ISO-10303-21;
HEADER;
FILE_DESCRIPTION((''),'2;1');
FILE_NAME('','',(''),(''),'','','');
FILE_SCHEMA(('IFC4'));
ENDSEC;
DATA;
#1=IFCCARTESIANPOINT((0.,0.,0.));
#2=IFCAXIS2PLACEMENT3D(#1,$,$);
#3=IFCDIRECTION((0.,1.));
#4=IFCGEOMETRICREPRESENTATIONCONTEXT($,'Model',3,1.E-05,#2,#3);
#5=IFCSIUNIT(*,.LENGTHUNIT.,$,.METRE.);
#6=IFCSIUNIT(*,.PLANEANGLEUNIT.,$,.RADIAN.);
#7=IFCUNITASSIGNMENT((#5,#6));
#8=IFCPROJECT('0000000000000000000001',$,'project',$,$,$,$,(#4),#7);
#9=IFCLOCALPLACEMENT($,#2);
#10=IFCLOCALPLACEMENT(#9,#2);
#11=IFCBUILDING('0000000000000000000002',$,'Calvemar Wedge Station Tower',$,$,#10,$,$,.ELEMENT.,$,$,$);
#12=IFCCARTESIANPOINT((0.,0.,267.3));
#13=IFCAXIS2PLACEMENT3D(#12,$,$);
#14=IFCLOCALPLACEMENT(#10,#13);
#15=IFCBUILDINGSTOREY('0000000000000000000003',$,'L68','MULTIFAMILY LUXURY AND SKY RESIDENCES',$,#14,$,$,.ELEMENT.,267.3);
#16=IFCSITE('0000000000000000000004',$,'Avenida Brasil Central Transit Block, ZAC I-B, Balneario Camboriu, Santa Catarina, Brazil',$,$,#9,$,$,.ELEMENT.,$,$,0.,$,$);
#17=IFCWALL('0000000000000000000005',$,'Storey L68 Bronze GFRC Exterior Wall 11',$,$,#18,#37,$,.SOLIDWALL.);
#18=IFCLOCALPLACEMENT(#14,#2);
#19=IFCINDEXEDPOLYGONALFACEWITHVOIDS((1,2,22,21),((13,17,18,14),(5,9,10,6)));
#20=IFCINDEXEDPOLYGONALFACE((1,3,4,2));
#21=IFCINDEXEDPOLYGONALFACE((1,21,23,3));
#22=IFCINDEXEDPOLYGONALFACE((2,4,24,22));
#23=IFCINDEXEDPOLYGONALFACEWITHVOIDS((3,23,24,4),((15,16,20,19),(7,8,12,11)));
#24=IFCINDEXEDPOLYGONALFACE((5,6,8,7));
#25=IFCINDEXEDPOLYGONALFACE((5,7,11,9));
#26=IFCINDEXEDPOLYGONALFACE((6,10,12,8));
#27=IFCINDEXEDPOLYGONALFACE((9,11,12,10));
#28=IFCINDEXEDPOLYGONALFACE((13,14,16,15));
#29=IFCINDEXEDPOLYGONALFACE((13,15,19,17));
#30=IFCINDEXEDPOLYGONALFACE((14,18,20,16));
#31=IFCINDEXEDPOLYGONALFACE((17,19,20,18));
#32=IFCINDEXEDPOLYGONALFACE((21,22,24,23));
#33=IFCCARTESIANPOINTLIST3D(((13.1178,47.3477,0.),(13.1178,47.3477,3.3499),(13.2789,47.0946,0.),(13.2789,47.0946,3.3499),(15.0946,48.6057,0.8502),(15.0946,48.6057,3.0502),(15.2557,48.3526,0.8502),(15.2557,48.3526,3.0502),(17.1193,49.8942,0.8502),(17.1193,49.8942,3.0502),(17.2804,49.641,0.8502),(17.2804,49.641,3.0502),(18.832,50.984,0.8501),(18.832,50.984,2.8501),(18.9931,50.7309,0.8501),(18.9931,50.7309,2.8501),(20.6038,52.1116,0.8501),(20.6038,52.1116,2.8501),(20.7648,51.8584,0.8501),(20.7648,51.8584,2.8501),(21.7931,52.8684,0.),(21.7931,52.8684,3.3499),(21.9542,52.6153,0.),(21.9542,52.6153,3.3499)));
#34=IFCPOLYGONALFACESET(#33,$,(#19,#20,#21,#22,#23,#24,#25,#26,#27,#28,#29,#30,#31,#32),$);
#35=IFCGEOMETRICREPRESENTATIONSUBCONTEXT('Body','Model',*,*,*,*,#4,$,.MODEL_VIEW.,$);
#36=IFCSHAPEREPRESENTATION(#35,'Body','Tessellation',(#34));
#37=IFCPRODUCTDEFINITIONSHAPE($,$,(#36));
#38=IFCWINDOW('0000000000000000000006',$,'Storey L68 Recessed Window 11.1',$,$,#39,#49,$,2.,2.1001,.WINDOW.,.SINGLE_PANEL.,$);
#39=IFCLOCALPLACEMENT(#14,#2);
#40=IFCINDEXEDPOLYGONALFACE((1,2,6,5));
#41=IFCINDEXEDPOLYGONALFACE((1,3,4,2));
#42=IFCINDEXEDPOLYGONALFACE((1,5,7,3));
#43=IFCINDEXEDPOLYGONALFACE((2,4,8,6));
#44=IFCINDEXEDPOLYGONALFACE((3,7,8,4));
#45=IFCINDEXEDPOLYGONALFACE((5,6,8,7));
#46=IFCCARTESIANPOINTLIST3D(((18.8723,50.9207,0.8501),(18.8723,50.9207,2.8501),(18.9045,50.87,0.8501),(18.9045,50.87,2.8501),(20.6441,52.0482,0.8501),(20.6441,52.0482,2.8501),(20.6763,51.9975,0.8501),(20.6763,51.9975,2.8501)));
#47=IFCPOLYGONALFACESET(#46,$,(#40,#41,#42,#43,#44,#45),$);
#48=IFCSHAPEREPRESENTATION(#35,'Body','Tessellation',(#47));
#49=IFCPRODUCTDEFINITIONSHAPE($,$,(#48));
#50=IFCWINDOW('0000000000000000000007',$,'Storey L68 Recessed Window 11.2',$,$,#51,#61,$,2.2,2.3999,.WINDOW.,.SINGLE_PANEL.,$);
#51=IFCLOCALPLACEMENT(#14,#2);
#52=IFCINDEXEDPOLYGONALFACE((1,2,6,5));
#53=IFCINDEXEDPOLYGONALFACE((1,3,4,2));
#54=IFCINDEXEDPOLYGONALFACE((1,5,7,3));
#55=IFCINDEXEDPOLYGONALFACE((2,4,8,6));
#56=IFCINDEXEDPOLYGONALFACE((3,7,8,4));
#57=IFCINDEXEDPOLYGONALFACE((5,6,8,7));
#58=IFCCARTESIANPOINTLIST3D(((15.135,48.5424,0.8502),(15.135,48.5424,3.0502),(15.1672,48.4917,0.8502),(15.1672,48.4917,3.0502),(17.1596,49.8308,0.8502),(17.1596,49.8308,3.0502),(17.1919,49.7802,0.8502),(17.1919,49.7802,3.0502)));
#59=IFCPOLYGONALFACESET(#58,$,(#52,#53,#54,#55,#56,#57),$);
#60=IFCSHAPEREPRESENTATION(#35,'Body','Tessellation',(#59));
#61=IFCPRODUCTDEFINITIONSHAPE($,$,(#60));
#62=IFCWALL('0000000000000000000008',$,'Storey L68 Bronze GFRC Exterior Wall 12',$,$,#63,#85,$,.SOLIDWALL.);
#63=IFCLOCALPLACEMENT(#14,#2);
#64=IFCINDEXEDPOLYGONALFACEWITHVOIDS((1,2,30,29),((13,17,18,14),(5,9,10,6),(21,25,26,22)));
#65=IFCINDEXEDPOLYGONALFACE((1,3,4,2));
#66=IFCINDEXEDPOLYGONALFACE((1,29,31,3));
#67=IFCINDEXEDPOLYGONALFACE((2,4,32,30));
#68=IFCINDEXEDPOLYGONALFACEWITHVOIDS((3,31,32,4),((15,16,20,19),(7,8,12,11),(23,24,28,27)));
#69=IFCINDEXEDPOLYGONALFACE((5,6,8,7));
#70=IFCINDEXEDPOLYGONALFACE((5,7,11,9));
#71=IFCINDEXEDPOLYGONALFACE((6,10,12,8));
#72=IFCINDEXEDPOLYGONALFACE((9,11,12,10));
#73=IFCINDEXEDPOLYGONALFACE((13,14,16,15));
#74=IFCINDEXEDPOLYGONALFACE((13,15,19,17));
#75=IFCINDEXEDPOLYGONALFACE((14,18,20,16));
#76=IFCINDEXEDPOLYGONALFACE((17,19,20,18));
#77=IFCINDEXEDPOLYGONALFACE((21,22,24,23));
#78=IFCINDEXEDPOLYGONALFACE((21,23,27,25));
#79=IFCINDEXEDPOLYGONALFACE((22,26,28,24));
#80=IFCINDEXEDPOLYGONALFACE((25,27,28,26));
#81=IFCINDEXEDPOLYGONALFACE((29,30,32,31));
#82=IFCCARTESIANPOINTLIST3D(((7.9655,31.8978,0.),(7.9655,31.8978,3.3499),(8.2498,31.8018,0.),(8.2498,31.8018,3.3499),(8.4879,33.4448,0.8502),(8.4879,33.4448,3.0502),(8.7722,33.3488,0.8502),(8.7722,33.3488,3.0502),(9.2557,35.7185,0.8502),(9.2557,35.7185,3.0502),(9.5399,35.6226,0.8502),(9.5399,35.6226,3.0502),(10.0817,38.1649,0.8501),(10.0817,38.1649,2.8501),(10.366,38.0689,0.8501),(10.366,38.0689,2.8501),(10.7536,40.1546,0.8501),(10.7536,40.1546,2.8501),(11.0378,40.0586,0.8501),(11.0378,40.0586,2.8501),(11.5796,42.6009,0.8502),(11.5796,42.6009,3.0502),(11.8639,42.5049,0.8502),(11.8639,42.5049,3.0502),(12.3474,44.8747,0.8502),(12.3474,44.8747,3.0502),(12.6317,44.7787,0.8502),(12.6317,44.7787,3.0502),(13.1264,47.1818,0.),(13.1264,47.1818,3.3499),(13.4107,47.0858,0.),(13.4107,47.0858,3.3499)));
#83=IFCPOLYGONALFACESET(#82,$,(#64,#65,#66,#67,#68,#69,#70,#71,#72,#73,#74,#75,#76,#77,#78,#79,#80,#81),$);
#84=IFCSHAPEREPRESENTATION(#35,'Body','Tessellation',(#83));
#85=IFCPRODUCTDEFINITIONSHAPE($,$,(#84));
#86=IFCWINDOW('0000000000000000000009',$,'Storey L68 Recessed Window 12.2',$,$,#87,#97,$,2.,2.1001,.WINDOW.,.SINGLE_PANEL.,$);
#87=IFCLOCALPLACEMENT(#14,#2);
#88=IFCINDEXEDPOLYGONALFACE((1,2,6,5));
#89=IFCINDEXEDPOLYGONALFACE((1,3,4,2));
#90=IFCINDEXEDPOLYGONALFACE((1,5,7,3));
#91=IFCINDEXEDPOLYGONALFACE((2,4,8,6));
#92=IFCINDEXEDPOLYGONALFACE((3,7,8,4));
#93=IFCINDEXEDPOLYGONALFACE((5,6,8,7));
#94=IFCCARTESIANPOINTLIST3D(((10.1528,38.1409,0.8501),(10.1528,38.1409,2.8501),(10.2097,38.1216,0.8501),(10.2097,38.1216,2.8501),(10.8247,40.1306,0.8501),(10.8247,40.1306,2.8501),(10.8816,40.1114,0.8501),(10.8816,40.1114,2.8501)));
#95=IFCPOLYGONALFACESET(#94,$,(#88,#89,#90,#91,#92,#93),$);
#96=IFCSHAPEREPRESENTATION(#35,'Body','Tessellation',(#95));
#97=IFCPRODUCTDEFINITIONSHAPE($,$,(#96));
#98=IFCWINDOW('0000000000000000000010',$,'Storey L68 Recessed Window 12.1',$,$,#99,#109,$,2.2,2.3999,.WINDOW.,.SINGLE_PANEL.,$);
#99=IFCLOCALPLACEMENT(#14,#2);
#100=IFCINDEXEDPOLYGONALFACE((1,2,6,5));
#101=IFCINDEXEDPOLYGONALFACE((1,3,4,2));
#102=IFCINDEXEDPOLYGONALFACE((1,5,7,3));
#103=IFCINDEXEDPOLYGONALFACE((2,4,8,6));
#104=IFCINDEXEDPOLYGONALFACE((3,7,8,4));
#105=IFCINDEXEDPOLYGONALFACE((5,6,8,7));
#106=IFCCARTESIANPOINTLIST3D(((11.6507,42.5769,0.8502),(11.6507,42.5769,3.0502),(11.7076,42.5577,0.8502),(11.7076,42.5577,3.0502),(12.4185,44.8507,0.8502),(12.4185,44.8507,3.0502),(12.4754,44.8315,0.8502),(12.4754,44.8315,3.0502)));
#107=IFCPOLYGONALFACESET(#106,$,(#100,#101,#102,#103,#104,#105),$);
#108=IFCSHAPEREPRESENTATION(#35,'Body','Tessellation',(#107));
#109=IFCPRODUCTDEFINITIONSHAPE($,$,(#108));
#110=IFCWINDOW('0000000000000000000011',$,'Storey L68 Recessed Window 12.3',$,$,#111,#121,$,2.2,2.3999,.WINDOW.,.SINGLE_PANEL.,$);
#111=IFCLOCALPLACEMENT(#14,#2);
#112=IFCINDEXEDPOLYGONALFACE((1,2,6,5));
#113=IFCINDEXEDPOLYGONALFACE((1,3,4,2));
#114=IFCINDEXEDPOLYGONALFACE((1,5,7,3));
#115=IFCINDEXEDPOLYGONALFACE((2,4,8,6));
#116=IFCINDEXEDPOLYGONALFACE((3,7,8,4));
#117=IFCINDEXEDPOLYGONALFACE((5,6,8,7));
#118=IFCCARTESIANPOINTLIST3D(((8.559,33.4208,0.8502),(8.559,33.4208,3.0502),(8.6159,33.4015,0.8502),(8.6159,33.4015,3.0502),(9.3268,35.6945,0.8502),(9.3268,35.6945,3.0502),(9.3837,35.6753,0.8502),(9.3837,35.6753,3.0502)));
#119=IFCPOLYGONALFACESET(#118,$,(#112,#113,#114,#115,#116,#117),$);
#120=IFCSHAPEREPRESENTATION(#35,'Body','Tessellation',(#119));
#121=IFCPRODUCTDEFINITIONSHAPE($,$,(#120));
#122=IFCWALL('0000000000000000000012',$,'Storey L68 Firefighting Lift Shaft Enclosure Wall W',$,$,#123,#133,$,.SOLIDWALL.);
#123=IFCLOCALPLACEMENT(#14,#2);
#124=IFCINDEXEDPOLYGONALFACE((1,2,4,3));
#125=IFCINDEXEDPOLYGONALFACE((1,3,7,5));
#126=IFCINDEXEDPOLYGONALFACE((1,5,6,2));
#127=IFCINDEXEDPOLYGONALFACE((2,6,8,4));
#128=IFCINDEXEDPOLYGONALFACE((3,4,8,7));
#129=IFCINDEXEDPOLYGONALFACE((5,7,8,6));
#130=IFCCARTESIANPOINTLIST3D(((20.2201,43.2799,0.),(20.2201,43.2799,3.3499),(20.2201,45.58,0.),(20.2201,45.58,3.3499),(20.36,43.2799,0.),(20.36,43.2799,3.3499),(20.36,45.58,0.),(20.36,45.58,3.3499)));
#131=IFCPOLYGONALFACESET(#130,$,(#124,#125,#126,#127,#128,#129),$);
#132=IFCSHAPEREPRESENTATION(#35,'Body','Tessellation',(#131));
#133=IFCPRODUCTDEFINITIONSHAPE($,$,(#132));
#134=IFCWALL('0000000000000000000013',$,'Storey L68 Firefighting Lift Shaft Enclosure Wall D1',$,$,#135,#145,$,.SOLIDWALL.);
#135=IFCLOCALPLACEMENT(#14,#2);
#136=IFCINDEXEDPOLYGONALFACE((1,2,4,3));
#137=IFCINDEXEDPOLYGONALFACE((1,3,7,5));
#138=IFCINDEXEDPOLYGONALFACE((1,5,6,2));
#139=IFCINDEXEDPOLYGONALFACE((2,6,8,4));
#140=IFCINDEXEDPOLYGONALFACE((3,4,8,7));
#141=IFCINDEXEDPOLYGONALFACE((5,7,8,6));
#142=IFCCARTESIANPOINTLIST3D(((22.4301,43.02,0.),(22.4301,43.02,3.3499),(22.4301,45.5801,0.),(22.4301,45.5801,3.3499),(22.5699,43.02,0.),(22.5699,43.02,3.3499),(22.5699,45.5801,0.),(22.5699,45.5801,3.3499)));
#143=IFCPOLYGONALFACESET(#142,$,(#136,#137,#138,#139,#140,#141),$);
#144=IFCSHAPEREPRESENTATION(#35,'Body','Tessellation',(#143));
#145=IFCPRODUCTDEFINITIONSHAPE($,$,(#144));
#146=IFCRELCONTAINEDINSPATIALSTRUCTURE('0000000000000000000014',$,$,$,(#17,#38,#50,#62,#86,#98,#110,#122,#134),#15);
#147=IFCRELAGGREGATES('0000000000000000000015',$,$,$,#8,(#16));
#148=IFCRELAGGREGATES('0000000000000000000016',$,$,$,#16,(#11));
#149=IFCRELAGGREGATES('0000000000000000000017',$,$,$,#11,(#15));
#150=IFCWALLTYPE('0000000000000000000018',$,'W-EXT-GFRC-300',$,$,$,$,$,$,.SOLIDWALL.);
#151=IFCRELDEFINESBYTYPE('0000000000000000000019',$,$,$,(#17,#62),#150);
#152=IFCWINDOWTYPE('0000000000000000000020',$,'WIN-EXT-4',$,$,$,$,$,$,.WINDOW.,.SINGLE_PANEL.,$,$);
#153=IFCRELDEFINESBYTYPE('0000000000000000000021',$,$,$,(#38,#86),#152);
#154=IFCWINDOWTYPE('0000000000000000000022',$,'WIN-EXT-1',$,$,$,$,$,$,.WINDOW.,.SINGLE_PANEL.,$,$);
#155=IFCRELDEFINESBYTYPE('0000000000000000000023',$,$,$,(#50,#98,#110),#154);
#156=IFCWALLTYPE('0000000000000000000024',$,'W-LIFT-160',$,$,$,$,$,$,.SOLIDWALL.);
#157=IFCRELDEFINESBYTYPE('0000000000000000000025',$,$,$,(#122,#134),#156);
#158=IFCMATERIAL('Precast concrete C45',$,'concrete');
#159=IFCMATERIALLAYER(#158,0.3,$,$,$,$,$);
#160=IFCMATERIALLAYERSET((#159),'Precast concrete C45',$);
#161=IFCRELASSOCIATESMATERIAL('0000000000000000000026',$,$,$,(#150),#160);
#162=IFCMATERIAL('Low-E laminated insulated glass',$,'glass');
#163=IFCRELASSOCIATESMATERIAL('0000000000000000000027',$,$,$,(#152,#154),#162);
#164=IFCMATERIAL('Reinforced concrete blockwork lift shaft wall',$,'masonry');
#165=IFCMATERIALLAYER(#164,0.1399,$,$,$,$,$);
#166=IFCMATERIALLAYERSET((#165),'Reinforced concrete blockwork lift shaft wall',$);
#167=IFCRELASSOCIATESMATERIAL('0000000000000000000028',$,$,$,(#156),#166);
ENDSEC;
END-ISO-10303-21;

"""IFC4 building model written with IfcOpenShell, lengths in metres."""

from ifc_helpers import new_model, si_unit, direction, frame, frame_2d, origin, place, context, subcontext, project, spatial, rectangle, extrude, source, transform, mapped, material, layer, layer_set, type_object, element, fill, save


model = new_model("IFC4")

# Units and contexts
model_context = context("Model", 3, precision=1e-05, world=origin(), true_north=direction((0.0, 1.0)))
body_context = subcontext(model_context, "Body", "Model", "MODEL_VIEW")
ifc_project = project(units=[si_unit("LENGTHUNIT", "METRE"), si_unit("PLANEANGLEUNIT", "RADIAN")], contexts=[model_context])

# Site, building, storey
site_placement = place(None, origin())
site = spatial("IfcSite", under=ifc_project, at=site_placement, Name="Avenida Brasil Central Transit Block, ZAC I-B, Balneario Camboriu, Santa Catarina, Brazil", CompositionType="ELEMENT", RefElevation=0.0)
building_placement = place(site_placement, origin())
building = spatial("IfcBuilding", under=site, at=building_placement, Name="Calvemar Wedge Station Tower", CompositionType="ELEMENT")
storey_placement = place(building_placement, frame((0.0, 0.0, 267.3)))
storey = spatial("IfcBuildingStorey", under=building, at=storey_placement, Name="L68", Description="MULTIFAMILY LUXURY AND SKY RESIDENCES", CompositionType="ELEMENT", Elevation=267.3)

# Shared definitions
ifc_material_1 = material(Name="Precast concrete C45", Category="concrete")

# Shared definitions
ifc_layer_1 = layer(ifc_material_1, 0.3)
ifc_layer_set_1 = layer_set([ifc_layer_1], Name="Precast concrete C45")
wall_type_1 = type_object("IfcWallType", Name="W-EXT-GFRC-300", PredefinedType="SOLIDWALL", material=ifc_layer_set_1)

# Walls, openings, windows
wall_1_placement = place(storey_placement, frame((21.8738, 52.7419, 0.0), z_axis=(0.0, 0.0, 1.0), x_axis=(-0.843657, -0.536883, 0.0)))
wall_1 = element("IfcWall", 1, at=wall_1_placement, inside=storey, type_object=wall_type_1, Name="Storey L68 Bronze GFRC Exterior Wall 11", PredefinedType="SOLIDWALL", context=body_context, shape_type="SweptSolid", body=[
    extrude(rectangle(XDim=10.283, YDim=0.3, at=frame_2d((5.1416, 0.0))), origin(), (0.0, 0.0, 1.0), 3.3499),
])
shared_shape_1 = source(origin(), body_context, "Body", "SweptSolid", [
    extrude(rectangle(XDim=2.1001, YDim=2.0, at=frame_2d((1.05, 1.0))), frame((0.0, 0.1602, 0.0), z_axis=(0.0, -1.0, 0.0), x_axis=(1.0, 0.0, 0.0)), (0.0, 0.0, 1.0), 0.3201),
])
opening_1_placement = place(wall_1_placement, frame((1.4099, 0.0, 0.8501)))
opening_1 = element("IfcOpeningElement", 2, at=opening_1_placement, cuts=wall_1, PredefinedType="OPENING", context=body_context, shape_type="MappedRepresentation", body=[
    mapped(shared_shape_1, transform((0.0, 0.0, 0.0), scale=1.0)),
])
shared_shape_2 = source(origin(), body_context, "Body", "SweptSolid", [
    extrude(rectangle(XDim=2.3999, YDim=2.2, at=frame_2d((1.2, 1.1001))), frame((0.0, 0.1602, 0.0), z_axis=(0.0, -1.0, 0.0), x_axis=(1.0, 0.0, 0.0)), (0.0, 0.0, 1.0), 0.3201),
])
opening_2_placement = place(wall_1_placement, frame((5.54, 0.0, 0.8501)))
opening_2 = element("IfcOpeningElement", 3, at=opening_2_placement, cuts=wall_1, PredefinedType="OPENING", context=body_context, shape_type="MappedRepresentation", body=[
    mapped(shared_shape_2, transform((0.0, 0.0, 0.0), scale=1.0)),
])
ifc_material_2 = material(Name="Low-E laminated insulated glass", Category="glass")
window_type_1 = type_object("IfcWindowType", Name="WIN-EXT-4", PartitioningType="SINGLE_PANEL", PredefinedType="WINDOW", material=ifc_material_2)
shared_shape_3 = source(origin(), body_context, "Body", "SweptSolid", [
    extrude(rectangle(XDim=2.1001, YDim=2.0, at=frame_2d((1.05, 1.0))), frame((0.0, -0.0149, 0.0), z_axis=(0.0, -1.0, 0.0), x_axis=(1.0, 0.0, 0.0)), (0.0, 0.0, 1.0), 0.0601),
])
window_1_placement = place(opening_1_placement, origin())
window_1 = element("IfcWindow", 4, at=window_1_placement, inside=storey, type_object=window_type_1, Name="Storey L68 Recessed Window 11.1", OverallHeight=2.0, OverallWidth=2.1001, PartitioningType="SINGLE_PANEL", PredefinedType="WINDOW", context=body_context, shape_type="MappedRepresentation", body=[
    mapped(shared_shape_3, transform((0.0, 0.0, 0.0), scale=1.0)),
])
fill(opening_1, window_1)
window_type_2 = type_object("IfcWindowType", Name="WIN-EXT-1", PartitioningType="SINGLE_PANEL", PredefinedType="WINDOW", material=ifc_material_2)
shared_shape_4 = source(origin(), body_context, "Body", "SweptSolid", [
    extrude(rectangle(XDim=2.3999, YDim=2.2, at=frame_2d((1.2, 1.1001))), frame((0.0, -0.0149, 0.0), z_axis=(0.0, -1.0, 0.0), x_axis=(1.0, 0.0, 0.0)), (0.0, 0.0, 1.0), 0.0601),
])
window_2_placement = place(opening_2_placement, origin())
window_2 = element("IfcWindow", 5, at=window_2_placement, inside=storey, type_object=window_type_2, Name="Storey L68 Recessed Window 11.2", OverallHeight=2.2, OverallWidth=2.3999, PartitioningType="SINGLE_PANEL", PredefinedType="WINDOW", context=body_context, shape_type="MappedRepresentation", body=[
    mapped(shared_shape_4, transform((0.0, 0.0, 0.0), scale=1.0)),
])
fill(opening_2, window_2)
wall_2_placement = place(storey_placement, frame((13.2686, 47.1338, 0.0), z_axis=(0.0, 0.0, 1.0), x_axis=(-0.319921, -0.947444, 0.0)))
wall_2 = element("IfcWall", 6, at=wall_2_placement, inside=storey, type_object=wall_type_1, Name="Storey L68 Bronze GFRC Exterior Wall 12", PredefinedType="SOLIDWALL", context=body_context, shape_type="SweptSolid", body=[
    extrude(rectangle(XDim=16.1318, YDim=0.3, at=frame_2d((8.0659, 0.0))), origin(), (0.0, 0.0, 1.0), 3.3499),
])
opening_3_placement = place(wall_2_placement, frame((2.4351, 0.0, 0.8501)))
opening_3 = element("IfcOpeningElement", 7, at=opening_3_placement, cuts=wall_2, PredefinedType="OPENING", context=body_context, shape_type="MappedRepresentation", body=[
    mapped(shared_shape_2, transform((0.0, 0.0, 0.0), scale=1.0)),
])
opening_4_placement = place(wall_2_placement, frame((7.417, 0.0, 0.8501)))
opening_4 = element("IfcOpeningElement", 8, at=opening_4_placement, cuts=wall_2, PredefinedType="OPENING", context=body_context, shape_type="MappedRepresentation", body=[
    mapped(shared_shape_1, transform((0.0, 0.0, 0.0), scale=1.0)),
])
opening_5_placement = place(wall_2_placement, frame((12.0991, 0.0, 0.8501)))
opening_5 = element("IfcOpeningElement", 9, at=opening_5_placement, cuts=wall_2, PredefinedType="OPENING", context=body_context, shape_type="MappedRepresentation", body=[
    mapped(shared_shape_2, transform((0.0, 0.0, 0.0), scale=1.0)),
])
window_3_placement = place(opening_4_placement, origin())
window_3 = element("IfcWindow", 10, at=window_3_placement, inside=storey, type_object=window_type_1, Name="Storey L68 Recessed Window 12.2", OverallHeight=2.0, OverallWidth=2.1001, PartitioningType="SINGLE_PANEL", PredefinedType="WINDOW", context=body_context, shape_type="MappedRepresentation", body=[
    mapped(shared_shape_3, transform((0.0, 0.0, 0.0), scale=1.0)),
])
fill(opening_4, window_3)
window_4_placement = place(opening_3_placement, origin())
window_4 = element("IfcWindow", 11, at=window_4_placement, inside=storey, type_object=window_type_2, Name="Storey L68 Recessed Window 12.1", OverallHeight=2.2, OverallWidth=2.3999, PartitioningType="SINGLE_PANEL", PredefinedType="WINDOW", context=body_context, shape_type="MappedRepresentation", body=[
    mapped(shared_shape_4, transform((0.0, 0.0, 0.0), scale=1.0)),
])
fill(opening_3, window_4)
window_5_placement = place(opening_5_placement, origin())
window_5 = element("IfcWindow", 12, at=window_5_placement, inside=storey, type_object=window_type_2, Name="Storey L68 Recessed Window 12.3", OverallHeight=2.2, OverallWidth=2.3999, PartitioningType="SINGLE_PANEL", PredefinedType="WINDOW", context=body_context, shape_type="MappedRepresentation", body=[
    mapped(shared_shape_4, transform((0.0, 0.0, 0.0), scale=1.0)),
])
fill(opening_5, window_5)

# Walls
ifc_material_3 = material(Name="Reinforced concrete blockwork lift shaft wall", Category="masonry")
ifc_layer_2 = layer(ifc_material_3, 0.1399)
ifc_layer_set_2 = layer_set([ifc_layer_2], Name="Reinforced concrete blockwork lift shaft wall")
wall_type_2 = type_object("IfcWallType", Name="W-LIFT-160", PredefinedType="SOLIDWALL", material=ifc_layer_set_2)
wall_3_placement = place(storey_placement, frame((20.29, 43.28, 0.0), z_axis=(0.0, 0.0, 1.0), x_axis=(0.0, 1.0, 0.0)))
element("IfcWall", 13, at=wall_3_placement, inside=storey, type_object=wall_type_2, Name="Storey L68 Firefighting Lift Shaft Enclosure Wall W", PredefinedType="SOLIDWALL", context=body_context, shape_type="SweptSolid", body=[
    extrude(rectangle(XDim=2.3, YDim=0.1399, at=frame_2d((1.1499, 0.0))), origin(), (0.0, 0.0, 1.0), 3.3499),
])
wall_4_placement = place(storey_placement, frame((22.5, 43.02, 0.0), z_axis=(0.0, 0.0, 1.0), x_axis=(0.0, 1.0, 0.0)))
element("IfcWall", 14, at=wall_4_placement, inside=storey, type_object=wall_type_2, Name="Storey L68 Firefighting Lift Shaft Enclosure Wall D1", PredefinedType="SOLIDWALL", context=body_context, shape_type="SweptSolid", body=[
    extrude(rectangle(XDim=2.5601, YDim=0.1399, at=frame_2d((1.28, 0.0))), origin(), (0.0, 0.0, 1.0), 3.3499),
])

save(model, "model.ifc")
